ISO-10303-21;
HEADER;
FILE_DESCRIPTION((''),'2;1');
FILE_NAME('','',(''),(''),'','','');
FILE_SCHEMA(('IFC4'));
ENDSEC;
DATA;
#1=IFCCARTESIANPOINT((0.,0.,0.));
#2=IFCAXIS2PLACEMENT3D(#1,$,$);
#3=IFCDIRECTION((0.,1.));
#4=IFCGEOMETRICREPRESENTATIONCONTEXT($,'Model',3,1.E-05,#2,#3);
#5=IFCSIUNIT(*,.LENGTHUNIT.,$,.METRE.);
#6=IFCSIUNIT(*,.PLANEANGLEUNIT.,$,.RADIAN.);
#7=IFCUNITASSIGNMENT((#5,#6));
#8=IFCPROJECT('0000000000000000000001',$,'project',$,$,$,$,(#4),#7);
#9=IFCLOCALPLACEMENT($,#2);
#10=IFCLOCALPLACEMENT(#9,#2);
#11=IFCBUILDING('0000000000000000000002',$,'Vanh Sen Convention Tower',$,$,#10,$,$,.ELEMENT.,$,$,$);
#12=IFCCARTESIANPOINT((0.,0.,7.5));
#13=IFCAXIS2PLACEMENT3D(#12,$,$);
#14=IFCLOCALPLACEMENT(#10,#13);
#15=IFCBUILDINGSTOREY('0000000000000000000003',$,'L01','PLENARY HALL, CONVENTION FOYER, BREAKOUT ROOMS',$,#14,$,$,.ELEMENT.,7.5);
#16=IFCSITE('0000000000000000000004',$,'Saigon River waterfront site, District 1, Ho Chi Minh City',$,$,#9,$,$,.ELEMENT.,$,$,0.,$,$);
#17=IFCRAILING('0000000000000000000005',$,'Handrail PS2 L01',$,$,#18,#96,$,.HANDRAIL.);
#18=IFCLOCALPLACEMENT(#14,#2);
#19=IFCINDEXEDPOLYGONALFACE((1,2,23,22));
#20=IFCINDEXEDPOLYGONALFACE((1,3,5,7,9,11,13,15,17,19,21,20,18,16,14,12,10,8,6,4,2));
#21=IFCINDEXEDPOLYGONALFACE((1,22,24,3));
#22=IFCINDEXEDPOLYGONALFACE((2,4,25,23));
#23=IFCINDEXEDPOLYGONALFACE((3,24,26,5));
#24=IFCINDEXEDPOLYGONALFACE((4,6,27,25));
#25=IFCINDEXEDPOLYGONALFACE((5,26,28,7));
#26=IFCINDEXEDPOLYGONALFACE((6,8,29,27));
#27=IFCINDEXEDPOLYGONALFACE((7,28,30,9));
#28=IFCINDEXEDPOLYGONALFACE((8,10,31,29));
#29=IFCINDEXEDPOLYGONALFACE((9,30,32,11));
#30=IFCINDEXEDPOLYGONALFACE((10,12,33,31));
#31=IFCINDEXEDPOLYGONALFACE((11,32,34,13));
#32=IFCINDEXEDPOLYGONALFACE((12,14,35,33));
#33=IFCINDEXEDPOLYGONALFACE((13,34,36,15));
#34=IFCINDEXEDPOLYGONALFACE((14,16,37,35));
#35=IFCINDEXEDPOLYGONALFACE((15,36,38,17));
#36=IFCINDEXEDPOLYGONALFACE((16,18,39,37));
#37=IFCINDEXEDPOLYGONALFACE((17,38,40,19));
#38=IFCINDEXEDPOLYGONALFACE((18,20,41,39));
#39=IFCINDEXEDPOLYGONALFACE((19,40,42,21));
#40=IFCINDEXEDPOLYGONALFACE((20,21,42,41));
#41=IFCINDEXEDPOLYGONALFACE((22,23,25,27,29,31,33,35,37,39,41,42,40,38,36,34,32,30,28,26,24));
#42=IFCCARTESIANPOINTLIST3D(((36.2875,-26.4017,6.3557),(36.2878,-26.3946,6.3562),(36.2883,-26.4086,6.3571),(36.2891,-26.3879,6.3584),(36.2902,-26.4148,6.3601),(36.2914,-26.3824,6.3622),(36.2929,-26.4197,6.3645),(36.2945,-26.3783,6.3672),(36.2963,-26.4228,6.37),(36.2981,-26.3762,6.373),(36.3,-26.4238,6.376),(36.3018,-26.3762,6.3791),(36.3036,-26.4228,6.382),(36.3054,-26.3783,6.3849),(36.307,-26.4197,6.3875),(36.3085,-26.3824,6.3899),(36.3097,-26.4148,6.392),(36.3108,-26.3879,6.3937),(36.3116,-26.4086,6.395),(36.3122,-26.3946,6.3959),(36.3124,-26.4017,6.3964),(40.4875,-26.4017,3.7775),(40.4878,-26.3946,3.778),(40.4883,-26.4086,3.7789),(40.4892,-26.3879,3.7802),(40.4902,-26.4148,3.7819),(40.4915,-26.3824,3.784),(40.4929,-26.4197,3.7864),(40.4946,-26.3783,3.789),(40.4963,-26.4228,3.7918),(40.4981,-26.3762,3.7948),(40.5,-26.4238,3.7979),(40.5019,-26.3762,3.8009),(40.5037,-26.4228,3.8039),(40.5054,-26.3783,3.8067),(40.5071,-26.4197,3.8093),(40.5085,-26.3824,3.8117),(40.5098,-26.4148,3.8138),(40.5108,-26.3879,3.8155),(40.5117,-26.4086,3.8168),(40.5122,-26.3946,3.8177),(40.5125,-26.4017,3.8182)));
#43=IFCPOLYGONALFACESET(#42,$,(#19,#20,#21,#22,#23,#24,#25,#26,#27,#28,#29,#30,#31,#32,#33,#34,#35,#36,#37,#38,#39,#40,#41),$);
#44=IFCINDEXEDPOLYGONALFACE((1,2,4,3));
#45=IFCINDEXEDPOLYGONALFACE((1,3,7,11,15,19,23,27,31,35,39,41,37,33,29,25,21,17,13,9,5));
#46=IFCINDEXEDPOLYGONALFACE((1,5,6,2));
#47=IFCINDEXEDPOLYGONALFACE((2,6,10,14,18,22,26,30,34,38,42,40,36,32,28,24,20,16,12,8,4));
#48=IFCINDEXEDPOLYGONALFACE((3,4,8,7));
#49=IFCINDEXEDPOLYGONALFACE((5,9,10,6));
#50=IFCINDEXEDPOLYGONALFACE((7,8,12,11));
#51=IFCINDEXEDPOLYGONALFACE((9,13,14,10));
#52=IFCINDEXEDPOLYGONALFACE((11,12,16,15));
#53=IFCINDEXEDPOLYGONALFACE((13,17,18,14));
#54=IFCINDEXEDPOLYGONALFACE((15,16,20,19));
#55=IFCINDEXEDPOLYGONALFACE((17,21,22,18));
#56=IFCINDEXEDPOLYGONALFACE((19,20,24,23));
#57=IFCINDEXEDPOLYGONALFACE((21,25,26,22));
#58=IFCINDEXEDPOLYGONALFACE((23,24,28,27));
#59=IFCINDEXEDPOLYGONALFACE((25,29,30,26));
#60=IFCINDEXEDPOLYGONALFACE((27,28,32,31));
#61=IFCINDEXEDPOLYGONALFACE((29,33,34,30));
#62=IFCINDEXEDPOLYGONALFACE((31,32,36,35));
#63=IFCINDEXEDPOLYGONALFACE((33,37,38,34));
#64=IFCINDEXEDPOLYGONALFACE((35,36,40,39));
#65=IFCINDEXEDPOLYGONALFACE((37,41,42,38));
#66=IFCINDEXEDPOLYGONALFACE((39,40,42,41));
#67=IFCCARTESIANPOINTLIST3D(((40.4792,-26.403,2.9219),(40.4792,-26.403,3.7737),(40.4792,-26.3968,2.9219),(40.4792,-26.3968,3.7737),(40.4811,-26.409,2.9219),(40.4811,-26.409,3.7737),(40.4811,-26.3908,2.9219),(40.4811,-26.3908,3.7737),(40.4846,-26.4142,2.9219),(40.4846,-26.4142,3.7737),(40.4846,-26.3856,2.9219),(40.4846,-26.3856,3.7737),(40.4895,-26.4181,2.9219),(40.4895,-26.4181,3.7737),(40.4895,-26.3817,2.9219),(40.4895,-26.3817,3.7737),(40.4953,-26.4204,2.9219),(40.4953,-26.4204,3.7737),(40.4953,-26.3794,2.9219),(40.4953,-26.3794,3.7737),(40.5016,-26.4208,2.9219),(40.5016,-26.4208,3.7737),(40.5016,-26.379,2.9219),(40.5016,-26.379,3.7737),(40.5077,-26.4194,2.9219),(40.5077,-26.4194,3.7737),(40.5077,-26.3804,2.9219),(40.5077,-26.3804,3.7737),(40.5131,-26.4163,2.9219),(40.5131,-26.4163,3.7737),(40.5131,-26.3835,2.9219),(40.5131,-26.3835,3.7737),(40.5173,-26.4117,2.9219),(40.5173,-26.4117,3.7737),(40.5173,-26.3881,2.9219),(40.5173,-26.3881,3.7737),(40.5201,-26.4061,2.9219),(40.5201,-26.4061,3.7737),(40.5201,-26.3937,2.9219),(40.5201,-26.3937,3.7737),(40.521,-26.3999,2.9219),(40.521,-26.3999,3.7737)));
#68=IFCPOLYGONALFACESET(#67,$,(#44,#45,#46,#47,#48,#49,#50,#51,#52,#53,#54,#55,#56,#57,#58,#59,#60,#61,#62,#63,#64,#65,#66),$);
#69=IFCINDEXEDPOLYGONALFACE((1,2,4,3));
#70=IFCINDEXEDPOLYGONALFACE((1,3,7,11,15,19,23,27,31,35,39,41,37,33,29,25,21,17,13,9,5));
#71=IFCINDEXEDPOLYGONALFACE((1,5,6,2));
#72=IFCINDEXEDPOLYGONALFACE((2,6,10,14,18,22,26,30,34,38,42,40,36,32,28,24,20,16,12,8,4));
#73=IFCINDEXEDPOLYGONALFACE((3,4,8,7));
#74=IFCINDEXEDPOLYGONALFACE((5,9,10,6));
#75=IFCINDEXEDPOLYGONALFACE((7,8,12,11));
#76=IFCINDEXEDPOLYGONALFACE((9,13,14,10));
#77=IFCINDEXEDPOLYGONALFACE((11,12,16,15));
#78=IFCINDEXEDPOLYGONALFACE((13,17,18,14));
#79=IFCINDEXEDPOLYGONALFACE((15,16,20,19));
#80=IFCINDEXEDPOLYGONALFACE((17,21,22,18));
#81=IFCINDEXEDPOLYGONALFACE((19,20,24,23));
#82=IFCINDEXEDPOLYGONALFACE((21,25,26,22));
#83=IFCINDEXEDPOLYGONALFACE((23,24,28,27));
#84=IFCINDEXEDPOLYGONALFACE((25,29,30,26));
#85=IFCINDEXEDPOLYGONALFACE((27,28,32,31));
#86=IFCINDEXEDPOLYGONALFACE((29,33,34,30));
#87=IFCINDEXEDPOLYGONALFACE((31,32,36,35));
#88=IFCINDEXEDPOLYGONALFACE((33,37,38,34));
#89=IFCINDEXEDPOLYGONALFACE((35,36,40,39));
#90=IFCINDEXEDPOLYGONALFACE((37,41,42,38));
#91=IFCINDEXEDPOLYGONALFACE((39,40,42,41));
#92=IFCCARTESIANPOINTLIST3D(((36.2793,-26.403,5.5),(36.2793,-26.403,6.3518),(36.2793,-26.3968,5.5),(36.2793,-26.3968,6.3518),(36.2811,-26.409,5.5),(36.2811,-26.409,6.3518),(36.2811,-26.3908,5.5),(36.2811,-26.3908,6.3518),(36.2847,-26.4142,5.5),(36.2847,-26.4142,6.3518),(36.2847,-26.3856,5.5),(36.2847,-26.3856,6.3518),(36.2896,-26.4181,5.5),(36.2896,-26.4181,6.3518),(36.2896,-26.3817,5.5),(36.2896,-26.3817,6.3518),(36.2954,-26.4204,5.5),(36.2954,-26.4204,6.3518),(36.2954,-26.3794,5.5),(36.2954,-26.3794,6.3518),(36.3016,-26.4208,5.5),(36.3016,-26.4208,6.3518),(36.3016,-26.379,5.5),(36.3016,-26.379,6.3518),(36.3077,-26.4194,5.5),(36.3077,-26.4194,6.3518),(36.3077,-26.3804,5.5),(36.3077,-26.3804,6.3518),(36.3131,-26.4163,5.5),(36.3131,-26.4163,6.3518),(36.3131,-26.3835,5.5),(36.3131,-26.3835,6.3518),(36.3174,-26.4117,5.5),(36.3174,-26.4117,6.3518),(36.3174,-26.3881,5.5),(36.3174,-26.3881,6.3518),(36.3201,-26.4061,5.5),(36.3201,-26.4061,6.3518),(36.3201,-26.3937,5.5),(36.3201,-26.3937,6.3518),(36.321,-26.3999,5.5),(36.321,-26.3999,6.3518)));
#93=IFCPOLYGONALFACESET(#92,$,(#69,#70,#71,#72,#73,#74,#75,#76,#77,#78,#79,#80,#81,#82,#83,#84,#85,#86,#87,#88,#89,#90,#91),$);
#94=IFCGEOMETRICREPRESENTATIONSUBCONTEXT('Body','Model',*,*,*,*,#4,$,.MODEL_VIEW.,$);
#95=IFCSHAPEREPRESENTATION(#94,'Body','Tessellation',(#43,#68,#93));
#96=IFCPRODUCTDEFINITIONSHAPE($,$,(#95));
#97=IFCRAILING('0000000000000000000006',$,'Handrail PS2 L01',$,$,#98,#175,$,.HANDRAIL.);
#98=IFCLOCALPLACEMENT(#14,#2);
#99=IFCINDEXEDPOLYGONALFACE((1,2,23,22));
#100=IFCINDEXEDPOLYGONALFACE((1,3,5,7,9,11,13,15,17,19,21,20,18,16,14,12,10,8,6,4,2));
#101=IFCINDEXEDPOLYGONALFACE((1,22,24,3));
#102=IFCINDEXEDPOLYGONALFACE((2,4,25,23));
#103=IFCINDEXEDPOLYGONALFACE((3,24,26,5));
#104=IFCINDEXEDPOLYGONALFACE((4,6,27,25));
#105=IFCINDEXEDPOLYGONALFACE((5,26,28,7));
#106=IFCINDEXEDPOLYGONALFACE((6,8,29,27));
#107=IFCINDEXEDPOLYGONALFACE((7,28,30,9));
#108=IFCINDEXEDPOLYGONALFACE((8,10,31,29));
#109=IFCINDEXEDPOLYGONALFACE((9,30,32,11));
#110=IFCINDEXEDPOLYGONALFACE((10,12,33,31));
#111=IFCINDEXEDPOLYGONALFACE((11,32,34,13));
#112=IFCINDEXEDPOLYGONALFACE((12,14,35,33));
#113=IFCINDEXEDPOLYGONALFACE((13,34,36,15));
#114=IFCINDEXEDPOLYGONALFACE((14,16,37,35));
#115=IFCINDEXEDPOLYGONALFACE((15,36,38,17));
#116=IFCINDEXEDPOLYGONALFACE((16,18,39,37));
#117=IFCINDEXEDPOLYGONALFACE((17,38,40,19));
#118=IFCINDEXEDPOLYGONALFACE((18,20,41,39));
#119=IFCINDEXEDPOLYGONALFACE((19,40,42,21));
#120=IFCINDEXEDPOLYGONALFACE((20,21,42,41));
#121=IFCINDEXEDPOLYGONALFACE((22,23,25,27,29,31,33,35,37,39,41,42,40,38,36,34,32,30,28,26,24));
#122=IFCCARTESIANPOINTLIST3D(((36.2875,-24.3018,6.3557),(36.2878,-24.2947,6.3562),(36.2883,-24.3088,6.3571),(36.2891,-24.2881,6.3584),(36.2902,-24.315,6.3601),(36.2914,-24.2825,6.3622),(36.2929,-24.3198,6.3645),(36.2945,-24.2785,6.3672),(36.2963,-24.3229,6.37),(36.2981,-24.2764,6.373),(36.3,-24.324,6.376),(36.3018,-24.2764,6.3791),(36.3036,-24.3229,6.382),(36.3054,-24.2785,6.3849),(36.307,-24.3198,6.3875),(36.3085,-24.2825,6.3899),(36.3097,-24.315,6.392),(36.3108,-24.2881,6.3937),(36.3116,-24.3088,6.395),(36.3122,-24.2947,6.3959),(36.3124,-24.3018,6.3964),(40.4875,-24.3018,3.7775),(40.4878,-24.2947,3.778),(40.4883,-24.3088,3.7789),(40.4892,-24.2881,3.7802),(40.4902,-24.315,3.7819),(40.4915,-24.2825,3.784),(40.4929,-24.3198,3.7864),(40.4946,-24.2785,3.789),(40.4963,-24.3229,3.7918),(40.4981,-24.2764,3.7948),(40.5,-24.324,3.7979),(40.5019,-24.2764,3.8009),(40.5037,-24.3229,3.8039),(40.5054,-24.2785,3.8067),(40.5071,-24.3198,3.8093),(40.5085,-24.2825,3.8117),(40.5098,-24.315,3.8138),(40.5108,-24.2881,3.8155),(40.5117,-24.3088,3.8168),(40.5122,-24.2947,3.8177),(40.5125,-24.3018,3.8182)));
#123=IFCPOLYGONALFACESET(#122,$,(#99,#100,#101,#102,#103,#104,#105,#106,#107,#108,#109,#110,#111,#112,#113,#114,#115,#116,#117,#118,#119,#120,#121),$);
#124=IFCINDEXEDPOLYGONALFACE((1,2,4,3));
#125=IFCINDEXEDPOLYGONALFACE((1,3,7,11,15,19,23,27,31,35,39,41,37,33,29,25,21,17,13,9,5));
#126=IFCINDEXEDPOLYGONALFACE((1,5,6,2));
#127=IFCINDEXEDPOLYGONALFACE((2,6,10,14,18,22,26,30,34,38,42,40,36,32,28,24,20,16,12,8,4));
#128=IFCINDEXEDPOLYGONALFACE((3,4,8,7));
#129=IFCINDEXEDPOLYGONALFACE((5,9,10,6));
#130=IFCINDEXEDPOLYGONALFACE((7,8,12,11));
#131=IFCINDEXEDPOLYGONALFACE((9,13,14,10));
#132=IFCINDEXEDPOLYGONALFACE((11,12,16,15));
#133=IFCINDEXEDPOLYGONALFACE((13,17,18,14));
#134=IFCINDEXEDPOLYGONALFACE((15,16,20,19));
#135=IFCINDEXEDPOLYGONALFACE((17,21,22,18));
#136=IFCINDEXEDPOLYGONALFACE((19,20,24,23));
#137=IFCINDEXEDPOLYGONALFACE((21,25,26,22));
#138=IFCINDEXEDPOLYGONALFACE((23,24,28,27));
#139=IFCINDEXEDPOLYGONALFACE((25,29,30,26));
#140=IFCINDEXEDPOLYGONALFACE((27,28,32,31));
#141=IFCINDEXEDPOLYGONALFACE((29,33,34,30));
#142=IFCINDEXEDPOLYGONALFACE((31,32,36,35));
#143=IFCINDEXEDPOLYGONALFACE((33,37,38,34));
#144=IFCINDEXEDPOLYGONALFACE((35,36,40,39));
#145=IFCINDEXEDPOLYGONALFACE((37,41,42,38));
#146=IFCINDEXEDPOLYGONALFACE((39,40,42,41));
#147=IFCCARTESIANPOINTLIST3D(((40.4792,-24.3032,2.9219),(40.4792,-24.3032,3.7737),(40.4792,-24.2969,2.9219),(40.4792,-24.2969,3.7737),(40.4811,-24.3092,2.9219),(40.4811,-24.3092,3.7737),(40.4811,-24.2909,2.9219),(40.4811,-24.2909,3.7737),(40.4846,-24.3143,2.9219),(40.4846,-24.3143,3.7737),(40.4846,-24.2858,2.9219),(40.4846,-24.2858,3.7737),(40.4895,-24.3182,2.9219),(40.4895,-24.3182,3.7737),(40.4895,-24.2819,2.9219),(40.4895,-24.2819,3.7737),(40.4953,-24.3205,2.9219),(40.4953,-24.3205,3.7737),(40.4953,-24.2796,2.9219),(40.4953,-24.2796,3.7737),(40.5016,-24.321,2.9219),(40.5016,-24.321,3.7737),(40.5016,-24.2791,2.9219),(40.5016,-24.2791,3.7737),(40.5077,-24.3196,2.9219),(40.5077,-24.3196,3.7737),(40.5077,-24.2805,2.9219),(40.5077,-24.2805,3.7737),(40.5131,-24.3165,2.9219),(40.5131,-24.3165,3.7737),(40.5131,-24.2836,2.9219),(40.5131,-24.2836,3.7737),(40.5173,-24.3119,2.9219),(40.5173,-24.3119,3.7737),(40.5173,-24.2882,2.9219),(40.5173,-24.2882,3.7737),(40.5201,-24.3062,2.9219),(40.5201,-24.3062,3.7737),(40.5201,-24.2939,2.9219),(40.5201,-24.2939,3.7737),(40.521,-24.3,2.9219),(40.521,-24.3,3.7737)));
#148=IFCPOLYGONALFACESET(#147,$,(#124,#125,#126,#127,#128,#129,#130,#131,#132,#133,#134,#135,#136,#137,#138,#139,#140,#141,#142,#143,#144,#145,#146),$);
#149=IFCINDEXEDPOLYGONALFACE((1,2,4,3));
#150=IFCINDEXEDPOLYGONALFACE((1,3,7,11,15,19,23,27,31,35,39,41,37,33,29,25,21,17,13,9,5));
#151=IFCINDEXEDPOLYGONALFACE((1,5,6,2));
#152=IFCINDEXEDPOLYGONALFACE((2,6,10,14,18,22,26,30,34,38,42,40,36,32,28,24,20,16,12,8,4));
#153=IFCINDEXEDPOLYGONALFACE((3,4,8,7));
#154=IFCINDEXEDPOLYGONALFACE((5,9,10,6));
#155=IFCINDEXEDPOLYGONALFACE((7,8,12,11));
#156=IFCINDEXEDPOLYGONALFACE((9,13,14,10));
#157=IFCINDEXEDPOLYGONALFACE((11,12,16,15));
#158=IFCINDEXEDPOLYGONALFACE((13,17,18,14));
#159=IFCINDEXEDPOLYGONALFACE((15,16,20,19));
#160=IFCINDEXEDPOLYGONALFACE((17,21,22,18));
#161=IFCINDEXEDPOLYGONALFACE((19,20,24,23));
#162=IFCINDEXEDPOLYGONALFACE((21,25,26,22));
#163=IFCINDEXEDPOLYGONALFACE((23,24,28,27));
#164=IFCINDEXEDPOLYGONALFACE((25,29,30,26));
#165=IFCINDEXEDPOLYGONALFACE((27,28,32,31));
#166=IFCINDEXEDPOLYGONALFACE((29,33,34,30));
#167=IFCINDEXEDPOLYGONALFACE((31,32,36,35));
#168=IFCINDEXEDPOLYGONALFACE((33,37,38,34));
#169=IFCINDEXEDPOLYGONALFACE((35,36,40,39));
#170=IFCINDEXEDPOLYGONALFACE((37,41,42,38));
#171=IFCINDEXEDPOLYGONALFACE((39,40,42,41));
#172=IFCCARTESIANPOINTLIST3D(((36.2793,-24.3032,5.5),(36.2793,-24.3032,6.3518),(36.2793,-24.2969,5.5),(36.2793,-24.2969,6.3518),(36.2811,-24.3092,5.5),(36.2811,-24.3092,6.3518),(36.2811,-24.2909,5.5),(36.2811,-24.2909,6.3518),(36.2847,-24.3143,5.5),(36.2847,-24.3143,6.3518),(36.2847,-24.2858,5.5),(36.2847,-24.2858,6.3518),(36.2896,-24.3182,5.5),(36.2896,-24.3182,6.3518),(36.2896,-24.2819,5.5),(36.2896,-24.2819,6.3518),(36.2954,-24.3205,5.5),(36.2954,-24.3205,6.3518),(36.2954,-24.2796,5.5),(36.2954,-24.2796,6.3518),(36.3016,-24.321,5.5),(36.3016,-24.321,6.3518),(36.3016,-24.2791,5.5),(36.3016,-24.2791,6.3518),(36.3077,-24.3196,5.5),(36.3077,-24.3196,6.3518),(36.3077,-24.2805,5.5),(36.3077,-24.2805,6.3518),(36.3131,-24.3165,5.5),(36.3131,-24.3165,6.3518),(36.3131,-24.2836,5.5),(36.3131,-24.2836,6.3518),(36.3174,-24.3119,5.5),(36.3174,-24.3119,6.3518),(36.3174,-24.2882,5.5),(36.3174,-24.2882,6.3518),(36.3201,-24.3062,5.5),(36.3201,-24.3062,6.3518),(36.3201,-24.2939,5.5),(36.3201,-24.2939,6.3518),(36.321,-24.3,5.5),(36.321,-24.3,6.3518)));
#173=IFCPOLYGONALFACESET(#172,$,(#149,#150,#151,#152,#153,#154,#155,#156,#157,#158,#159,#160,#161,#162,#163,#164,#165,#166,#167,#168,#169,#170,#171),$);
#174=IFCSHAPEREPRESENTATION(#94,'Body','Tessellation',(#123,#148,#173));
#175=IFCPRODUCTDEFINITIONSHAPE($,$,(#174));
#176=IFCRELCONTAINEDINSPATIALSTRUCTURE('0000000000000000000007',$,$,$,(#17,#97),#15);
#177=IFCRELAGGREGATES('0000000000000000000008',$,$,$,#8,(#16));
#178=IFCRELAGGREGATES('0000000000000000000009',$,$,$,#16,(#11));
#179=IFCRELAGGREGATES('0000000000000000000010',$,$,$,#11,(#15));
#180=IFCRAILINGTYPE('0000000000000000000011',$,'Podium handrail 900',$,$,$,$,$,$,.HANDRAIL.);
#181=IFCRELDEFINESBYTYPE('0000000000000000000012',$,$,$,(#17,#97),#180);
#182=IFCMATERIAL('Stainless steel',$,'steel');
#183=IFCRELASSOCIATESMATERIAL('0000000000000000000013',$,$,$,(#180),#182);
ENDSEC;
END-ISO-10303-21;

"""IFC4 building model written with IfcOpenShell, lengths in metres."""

from ifc_helpers import new_model, si_unit, direction, frame, origin, origin_2d, place, context, subcontext, project, spatial, circle, extrude, material, type_object, element, save


model = new_model("IFC4")

# Units and contexts
model_context = context("Model", 3, precision=1e-05, world=origin(), true_north=direction((0.0, 1.0)))
body_context = subcontext(model_context, "Body", "Model", "MODEL_VIEW")
ifc_project = project(units=[si_unit("LENGTHUNIT", "METRE"), si_unit("PLANEANGLEUNIT", "RADIAN")], contexts=[model_context])

# Site, building, storey
site_placement = place(None, origin())
site = spatial("IfcSite", under=ifc_project, at=site_placement, Name="Saigon River waterfront site, District 1, Ho Chi Minh City", CompositionType="ELEMENT", RefElevation=0.0)
building_placement = place(site_placement, origin())
building = spatial("IfcBuilding", under=site, at=building_placement, Name="Vanh Sen Convention Tower", CompositionType="ELEMENT")
storey_placement = place(building_placement, frame((0.0, 0.0, 7.5)))
storey = spatial("IfcBuildingStorey", under=building, at=storey_placement, Name="L01", Description="PLENARY HALL, CONVENTION FOYER, BREAKOUT ROOMS", CompositionType="ELEMENT", Elevation=7.5)

# Railings
ifc_material_1 = material(Name="Stainless steel", Category="steel")
railing_type = type_object("IfcRailingType", Name="Podium handrail 900", PredefinedType="HANDRAIL", material=ifc_material_1)
for number, where, name in (
    (1, (40.5, -26.3999, 2.9219), "Handrail PS2 L01"),
    (2, (40.5, -24.3, 2.9219), "Handrail PS2 L01"),
):
    element("IfcRailing", number, at=place(storey_placement, frame(where)), inside=storey, type_object=railing_type, Name=name, PredefinedType="HANDRAIL", context=body_context, shape_type="SweptSolid", body=[
        extrude(circle(Radius=0.0239, at=origin_2d()), frame((0.0, 0.0, 0.876), z_axis=(-0.852243, 0.0, 0.523146), x_axis=(0.0, -1.0, 0.0)), (0.0, 0.0, 1.0), 4.9282),
        extrude(circle(Radius=0.021, at=origin_2d()), origin(), (0.0, 0.0, 1.0), 0.8518),
        extrude(circle(Radius=0.021, at=origin_2d()), frame((-4.2, 0.0, 2.5781)), (0.0, 0.0, 1.0), 0.8518),
    ])

save(model, "model.ifc")
